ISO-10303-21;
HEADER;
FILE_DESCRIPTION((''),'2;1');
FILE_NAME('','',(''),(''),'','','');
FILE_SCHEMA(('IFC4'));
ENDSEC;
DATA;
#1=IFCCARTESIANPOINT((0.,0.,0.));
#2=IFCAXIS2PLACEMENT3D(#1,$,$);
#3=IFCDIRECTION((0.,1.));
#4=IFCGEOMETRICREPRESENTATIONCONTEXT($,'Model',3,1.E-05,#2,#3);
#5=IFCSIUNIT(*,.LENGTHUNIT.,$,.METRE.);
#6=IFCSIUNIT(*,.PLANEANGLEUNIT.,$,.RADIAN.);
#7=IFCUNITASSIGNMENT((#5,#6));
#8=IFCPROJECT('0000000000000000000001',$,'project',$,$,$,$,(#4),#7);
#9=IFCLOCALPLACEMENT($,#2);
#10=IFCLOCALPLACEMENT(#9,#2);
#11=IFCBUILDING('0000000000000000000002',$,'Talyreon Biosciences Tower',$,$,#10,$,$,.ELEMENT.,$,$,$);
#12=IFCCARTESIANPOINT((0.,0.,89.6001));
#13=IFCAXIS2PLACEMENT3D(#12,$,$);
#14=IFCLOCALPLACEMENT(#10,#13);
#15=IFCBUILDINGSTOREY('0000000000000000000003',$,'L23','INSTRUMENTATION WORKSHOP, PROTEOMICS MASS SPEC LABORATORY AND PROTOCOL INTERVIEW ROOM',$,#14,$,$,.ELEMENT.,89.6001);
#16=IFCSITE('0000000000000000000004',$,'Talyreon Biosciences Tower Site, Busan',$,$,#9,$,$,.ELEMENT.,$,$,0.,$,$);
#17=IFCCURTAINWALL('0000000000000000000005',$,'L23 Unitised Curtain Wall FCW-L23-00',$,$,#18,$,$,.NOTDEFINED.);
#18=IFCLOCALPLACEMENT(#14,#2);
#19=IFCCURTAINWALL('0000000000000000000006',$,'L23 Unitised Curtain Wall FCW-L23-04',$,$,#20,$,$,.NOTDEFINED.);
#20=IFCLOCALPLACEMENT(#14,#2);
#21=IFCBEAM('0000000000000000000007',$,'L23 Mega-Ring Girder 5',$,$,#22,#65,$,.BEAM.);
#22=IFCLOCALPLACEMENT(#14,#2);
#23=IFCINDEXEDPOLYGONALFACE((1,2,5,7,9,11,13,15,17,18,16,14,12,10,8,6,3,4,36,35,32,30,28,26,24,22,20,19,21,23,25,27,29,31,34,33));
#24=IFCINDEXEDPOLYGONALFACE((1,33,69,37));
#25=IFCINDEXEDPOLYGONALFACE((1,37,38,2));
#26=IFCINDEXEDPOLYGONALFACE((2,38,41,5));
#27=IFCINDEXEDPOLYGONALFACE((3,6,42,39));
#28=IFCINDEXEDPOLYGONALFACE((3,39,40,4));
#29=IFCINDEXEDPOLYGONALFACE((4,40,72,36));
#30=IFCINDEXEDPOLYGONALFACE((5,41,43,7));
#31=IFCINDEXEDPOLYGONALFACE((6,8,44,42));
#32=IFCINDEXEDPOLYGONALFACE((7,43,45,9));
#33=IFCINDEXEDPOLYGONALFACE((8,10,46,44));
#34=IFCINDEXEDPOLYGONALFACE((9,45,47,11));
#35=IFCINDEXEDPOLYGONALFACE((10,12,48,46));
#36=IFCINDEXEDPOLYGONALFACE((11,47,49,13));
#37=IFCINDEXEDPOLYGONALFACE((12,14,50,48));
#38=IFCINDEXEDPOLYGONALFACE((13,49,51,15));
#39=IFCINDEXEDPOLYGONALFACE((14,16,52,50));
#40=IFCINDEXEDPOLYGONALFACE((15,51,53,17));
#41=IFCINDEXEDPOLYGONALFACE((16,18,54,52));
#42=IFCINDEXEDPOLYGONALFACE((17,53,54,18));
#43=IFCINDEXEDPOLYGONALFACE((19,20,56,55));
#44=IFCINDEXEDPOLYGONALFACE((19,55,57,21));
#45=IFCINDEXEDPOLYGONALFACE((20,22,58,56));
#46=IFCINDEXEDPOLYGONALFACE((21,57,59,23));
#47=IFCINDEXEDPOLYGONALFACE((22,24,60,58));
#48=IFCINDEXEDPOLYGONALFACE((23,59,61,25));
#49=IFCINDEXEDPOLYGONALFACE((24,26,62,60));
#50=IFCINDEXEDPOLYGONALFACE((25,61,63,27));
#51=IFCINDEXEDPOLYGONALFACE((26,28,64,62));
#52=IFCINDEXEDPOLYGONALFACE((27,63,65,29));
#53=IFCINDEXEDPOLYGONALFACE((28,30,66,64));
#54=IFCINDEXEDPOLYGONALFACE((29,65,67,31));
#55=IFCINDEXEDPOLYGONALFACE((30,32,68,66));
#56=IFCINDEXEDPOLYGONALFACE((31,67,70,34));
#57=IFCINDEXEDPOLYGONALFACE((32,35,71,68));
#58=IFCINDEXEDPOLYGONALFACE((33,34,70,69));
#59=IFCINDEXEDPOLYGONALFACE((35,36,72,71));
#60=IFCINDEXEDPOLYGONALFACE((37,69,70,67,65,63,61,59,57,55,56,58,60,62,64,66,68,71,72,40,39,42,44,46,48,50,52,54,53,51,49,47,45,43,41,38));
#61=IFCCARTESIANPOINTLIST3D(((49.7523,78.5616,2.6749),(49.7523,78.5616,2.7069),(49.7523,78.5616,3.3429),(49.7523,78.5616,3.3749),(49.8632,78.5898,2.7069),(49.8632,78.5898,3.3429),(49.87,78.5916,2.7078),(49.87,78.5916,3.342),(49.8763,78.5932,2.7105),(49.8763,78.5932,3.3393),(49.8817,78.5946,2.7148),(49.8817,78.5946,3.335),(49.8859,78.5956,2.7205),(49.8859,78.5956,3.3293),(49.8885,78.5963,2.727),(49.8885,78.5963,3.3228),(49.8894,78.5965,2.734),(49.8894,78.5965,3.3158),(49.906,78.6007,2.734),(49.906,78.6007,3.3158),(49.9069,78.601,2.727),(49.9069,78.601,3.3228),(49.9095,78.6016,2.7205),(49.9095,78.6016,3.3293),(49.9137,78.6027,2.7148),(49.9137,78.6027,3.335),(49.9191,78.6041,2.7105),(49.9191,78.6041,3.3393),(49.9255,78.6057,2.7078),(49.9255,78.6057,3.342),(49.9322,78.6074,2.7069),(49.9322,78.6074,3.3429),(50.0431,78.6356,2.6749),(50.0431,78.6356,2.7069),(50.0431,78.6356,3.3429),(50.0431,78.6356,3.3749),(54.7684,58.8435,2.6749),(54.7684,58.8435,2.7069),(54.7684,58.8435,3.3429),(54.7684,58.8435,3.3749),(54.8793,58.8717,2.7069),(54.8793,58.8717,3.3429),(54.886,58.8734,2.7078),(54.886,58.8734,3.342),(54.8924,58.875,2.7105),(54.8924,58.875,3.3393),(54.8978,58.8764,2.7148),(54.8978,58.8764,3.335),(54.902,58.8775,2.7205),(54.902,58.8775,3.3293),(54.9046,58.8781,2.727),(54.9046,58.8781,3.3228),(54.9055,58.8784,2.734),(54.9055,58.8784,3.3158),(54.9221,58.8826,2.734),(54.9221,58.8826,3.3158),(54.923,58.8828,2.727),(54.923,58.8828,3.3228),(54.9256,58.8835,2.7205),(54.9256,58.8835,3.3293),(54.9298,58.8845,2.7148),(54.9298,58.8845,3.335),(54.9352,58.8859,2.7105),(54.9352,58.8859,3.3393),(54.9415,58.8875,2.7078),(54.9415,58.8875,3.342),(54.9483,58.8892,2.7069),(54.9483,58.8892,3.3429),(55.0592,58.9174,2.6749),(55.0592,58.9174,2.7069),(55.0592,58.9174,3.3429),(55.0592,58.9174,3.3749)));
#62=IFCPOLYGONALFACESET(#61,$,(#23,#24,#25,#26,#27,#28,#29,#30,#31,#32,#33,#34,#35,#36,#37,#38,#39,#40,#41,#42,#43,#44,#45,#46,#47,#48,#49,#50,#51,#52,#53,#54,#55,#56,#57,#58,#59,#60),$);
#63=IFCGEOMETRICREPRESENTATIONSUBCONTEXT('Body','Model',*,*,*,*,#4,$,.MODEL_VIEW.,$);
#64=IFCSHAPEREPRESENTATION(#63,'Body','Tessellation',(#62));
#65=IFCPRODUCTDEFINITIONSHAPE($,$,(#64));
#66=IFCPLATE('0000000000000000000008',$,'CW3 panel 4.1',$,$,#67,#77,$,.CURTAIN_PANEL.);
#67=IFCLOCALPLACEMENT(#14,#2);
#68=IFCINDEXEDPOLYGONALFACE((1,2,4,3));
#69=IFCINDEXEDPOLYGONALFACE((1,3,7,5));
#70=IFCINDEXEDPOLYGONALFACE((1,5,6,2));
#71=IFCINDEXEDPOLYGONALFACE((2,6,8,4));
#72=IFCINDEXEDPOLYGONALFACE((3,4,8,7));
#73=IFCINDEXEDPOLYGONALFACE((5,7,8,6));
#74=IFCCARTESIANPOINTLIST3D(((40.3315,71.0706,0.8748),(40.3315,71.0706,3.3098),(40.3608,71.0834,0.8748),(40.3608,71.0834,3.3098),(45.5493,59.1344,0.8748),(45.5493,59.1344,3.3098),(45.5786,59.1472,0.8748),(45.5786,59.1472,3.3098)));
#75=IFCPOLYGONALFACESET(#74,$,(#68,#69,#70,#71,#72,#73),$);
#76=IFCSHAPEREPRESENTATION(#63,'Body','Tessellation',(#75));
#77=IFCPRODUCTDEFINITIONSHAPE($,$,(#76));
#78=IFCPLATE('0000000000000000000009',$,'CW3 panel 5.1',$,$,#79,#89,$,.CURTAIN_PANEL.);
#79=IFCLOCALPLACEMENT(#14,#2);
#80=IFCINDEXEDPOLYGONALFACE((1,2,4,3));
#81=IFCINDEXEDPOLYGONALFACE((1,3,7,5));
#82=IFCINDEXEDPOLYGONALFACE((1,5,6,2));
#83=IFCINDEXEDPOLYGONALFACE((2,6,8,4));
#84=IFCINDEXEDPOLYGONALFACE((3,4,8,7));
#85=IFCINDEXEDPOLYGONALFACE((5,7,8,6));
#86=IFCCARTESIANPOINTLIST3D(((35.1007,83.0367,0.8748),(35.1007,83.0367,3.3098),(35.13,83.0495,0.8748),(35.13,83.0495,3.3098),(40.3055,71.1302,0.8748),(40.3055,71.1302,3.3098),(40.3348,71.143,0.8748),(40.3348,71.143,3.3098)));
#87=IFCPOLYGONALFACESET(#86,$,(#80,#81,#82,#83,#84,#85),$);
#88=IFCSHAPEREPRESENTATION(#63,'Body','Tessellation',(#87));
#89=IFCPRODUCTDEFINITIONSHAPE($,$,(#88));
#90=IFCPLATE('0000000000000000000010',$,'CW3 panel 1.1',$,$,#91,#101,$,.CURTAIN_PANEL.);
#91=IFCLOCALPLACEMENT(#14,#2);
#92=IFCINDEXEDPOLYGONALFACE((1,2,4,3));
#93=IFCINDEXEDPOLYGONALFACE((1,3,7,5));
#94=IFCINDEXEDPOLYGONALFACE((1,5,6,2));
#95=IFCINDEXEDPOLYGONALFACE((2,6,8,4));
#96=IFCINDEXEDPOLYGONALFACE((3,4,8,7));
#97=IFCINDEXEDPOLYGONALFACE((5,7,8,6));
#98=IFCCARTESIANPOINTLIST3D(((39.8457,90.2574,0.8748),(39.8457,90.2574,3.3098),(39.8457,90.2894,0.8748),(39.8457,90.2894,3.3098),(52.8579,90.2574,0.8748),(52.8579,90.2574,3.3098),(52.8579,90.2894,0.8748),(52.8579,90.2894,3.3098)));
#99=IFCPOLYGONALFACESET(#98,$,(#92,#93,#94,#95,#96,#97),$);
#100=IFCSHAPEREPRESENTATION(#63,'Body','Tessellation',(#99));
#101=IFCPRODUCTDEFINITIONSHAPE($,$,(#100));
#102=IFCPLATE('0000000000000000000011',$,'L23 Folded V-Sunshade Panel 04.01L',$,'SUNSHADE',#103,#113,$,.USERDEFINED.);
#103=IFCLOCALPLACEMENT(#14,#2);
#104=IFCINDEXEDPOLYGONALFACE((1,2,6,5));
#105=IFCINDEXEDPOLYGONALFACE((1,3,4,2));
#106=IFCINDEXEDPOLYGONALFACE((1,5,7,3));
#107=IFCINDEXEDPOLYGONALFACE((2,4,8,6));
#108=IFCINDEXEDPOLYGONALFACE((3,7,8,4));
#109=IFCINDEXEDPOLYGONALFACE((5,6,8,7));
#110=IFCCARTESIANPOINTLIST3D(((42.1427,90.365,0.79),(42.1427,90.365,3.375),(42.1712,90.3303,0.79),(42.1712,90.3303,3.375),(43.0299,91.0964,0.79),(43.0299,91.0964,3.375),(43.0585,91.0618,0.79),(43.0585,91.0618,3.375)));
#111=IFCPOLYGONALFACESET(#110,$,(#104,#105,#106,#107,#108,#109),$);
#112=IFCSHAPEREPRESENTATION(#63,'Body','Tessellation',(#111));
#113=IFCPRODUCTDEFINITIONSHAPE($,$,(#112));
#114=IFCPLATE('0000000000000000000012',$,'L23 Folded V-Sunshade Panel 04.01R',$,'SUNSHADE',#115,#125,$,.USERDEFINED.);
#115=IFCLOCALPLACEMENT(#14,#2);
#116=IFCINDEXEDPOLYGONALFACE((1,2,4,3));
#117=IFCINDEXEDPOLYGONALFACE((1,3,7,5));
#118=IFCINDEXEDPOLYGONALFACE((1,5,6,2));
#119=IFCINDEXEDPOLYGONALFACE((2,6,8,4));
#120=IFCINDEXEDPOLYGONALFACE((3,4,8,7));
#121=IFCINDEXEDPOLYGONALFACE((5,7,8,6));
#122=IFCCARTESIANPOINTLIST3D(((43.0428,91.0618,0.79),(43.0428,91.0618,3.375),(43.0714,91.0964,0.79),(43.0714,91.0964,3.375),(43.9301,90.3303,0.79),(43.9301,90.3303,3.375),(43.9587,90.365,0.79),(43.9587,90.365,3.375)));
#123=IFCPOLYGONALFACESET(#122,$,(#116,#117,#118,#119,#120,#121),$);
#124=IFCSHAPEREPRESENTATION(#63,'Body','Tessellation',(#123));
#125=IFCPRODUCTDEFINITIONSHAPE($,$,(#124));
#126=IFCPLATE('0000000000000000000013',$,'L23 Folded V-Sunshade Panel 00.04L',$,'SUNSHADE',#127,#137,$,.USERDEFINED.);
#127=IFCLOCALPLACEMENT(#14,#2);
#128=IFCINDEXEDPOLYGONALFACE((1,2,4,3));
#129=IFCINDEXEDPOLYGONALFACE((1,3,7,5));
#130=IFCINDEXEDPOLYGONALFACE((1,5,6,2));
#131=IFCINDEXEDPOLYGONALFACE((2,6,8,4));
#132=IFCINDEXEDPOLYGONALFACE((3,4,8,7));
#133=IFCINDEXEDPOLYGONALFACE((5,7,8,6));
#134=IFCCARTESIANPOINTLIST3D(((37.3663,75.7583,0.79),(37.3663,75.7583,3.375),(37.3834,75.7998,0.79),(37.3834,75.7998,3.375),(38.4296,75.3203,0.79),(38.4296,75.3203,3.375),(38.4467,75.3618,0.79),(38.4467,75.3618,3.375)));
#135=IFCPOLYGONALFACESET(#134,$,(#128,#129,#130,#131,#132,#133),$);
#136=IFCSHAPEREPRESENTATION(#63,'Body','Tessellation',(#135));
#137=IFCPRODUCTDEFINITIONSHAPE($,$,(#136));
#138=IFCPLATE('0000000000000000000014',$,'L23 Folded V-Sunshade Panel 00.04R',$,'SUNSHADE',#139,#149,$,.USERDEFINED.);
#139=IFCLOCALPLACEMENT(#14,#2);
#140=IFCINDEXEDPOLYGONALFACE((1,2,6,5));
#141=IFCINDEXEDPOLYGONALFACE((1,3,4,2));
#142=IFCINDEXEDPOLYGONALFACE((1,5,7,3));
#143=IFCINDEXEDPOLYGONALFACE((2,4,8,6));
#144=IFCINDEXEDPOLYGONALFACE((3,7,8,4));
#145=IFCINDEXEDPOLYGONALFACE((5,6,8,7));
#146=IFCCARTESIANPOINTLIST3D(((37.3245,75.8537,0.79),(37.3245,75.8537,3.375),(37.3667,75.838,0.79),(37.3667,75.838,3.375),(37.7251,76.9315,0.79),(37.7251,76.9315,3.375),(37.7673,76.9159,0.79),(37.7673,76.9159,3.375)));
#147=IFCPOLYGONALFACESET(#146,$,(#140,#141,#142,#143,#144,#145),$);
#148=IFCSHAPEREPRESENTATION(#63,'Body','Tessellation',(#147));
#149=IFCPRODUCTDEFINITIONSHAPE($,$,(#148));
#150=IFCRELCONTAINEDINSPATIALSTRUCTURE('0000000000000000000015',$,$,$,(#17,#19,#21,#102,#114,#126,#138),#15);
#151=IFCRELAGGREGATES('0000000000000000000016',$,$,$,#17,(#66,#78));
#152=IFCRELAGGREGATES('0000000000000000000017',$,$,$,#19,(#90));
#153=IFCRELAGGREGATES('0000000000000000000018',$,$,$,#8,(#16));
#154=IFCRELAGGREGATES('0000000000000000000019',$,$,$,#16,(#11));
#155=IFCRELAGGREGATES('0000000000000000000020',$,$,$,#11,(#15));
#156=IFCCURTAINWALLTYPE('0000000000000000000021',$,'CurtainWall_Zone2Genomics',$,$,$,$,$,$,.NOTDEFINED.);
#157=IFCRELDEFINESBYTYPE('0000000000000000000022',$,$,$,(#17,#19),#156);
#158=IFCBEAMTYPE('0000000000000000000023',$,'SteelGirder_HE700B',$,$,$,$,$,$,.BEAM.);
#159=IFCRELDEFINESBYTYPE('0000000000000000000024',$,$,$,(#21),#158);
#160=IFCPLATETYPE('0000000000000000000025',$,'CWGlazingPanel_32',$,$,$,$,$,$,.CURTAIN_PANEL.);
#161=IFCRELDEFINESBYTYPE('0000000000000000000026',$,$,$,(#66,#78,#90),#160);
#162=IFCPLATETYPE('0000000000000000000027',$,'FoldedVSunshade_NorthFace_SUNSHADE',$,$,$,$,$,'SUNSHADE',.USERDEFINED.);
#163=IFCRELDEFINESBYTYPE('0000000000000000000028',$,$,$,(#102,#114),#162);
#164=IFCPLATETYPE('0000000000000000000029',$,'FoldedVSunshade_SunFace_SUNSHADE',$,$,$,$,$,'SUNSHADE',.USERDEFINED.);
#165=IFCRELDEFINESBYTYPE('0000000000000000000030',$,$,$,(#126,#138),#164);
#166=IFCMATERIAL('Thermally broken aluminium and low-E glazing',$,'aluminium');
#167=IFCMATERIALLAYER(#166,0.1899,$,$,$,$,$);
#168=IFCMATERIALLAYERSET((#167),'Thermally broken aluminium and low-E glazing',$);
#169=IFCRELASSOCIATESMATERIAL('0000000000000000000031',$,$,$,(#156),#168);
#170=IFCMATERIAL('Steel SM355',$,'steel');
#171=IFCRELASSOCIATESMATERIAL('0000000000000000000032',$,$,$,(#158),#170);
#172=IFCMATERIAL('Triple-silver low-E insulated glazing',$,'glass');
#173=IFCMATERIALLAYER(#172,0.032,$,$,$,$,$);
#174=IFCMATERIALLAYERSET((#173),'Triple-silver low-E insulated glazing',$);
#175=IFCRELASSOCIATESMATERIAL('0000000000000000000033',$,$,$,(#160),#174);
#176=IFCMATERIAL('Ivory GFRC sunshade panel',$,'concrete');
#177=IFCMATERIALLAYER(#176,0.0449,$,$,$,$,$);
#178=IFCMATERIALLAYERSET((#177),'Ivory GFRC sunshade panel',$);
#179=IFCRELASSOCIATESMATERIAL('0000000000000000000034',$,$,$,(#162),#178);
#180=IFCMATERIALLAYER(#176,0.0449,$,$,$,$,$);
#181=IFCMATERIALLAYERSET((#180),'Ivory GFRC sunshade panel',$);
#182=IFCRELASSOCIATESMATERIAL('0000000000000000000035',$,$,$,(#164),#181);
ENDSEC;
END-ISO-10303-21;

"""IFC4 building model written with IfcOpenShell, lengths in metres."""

from ifc_helpers import new_model, si_unit, direction, frame, origin, origin_2d, place, context, subcontext, project, spatial, rectangle, i_section, extrude, material, layer, layer_set, material_profile, profile_set, type_object, element, aggregate, save


model = new_model("IFC4")

# Units and contexts
model_context = context("Model", 3, precision=1e-05, world=origin(), true_north=direction((0.0, 1.0)))
body_context = subcontext(model_context, "Body", "Model", "MODEL_VIEW")
ifc_project = project(units=[si_unit("LENGTHUNIT", "METRE"), si_unit("PLANEANGLEUNIT", "RADIAN")], contexts=[model_context])

# Site, building, storey
site_placement = place(None, origin())
site = spatial("IfcSite", under=ifc_project, at=site_placement, Name="Talyreon Biosciences Tower Site, Busan", CompositionType="ELEMENT", RefElevation=0.0)
building_placement = place(site_placement, origin())
building = spatial("IfcBuilding", under=site, at=building_placement, Name="Talyreon Biosciences Tower", CompositionType="ELEMENT")
storey_placement = place(building_placement, frame((0.0, 0.0, 89.6001)))
storey = spatial("IfcBuildingStorey", under=building, at=storey_placement, Name="L23", Description="INSTRUMENTATION WORKSHOP, PROTEOMICS MASS SPEC LABORATORY AND PROTOCOL INTERVIEW ROOM", CompositionType="ELEMENT", Elevation=89.6001)

# Curtain wall
ifc_material_1 = material(Name="Thermally broken aluminium and low-E glazing", Category="aluminium")
ifc_layer_1 = layer(ifc_material_1, 0.1899)
ifc_layer_set_1 = layer_set([ifc_layer_1], Name="Thermally broken aluminium and low-E glazing")
curtain_wall_type = type_object("IfcCurtainWallType", Name="CurtainWall_Zone2Genomics", PredefinedType="NOTDEFINED", material=ifc_layer_set_1)
curtain_wall_1_placement = place(storey_placement, origin())
curtain_wall_1 = element("IfcCurtainWall", 1, at=curtain_wall_1_placement, inside=storey, type_object=curtain_wall_type, Name="L23 Unitised Curtain Wall FCW-L23-00", PredefinedType="NOTDEFINED")

# Curtain wall
curtain_wall_2_placement = place(storey_placement, origin())
curtain_wall_2 = element("IfcCurtainWall", 2, at=curtain_wall_2_placement, inside=storey, type_object=curtain_wall_type, Name="L23 Unitised Curtain Wall FCW-L23-04", PredefinedType="NOTDEFINED")

# Beam
ifc_material_2 = material(Name="Steel SM355", Category="steel")
ifc_material_profile_1 = material_profile(ifc_material_2, i_section(OverallWidth=0.3, OverallDepth=0.7, WebThickness=0.0171, FlangeThickness=0.032, FilletRadius=0.0271, at=origin_2d()), Name="HE700B")
ifc_profile_set_1 = profile_set([ifc_material_profile_1], Name="Steel SM355")
beam_type_1 = type_object("IfcBeamType", Name="SteelGirder_HE700B", PredefinedType="BEAM", material=ifc_profile_set_1)
beam_1_placement = place(storey_placement, frame((49.8977, 78.5986, 3.0249), z_axis=(0.246537, -0.969133, 0.0), x_axis=(0.969133, 0.246537, 0.0)))
element("IfcBeam", 3, at=beam_1_placement, inside=storey, type_object=beam_type_1, Name="L23 Mega-Ring Girder 5", PredefinedType="BEAM", context=body_context, shape_type="SweptSolid", body=[
    extrude(i_section(OverallWidth=0.3, OverallDepth=0.7, WebThickness=0.0171, FlangeThickness=0.032, FilletRadius=0.0271, at=origin_2d()), origin(), (0.0, 0.0, 1.0), 20.3462),
])

# Plates
ifc_material_3 = material(Name="Triple-silver low-E insulated glazing", Category="glass")
ifc_layer_2 = layer(ifc_material_3, 0.032)
ifc_layer_set_2 = layer_set([ifc_layer_2], Name="Triple-silver low-E insulated glazing")
plate_type_1 = type_object("IfcPlateType", Name="CWGlazingPanel_32", PredefinedType="CURTAIN_PANEL", material=ifc_layer_set_2)
plate_1_placement = place(storey_placement, frame((42.9551, 65.1089, 0.8748), z_axis=(0.0, 0.0, 1.0), x_axis=(-0.400542, 0.916278, 0.0)))
plate_1 = element("IfcPlate", 4, at=plate_1_placement, type_object=plate_type_1, Name="CW3 panel 4.1", PredefinedType="CURTAIN_PANEL", context=body_context, shape_type="SweptSolid", body=[
    extrude(rectangle(XDim=13.0269, YDim=0.032, at=origin_2d()), origin(), (0.0, 0.0, 1.0), 2.4351),
])
plate_2_placement = place(storey_placement, frame((37.7178, 77.0898, 0.8748), z_axis=(0.0, 0.0, 1.0), x_axis=(-0.400542, 0.916278, 0.0)))
plate_2 = element("IfcPlate", 5, at=plate_2_placement, type_object=plate_type_1, Name="CW3 panel 5.1", PredefinedType="CURTAIN_PANEL", context=body_context, shape_type="SweptSolid", body=[
    extrude(rectangle(XDim=12.9944, YDim=0.032, at=origin_2d()), origin(), (0.0, 0.0, 1.0), 2.4351),
])
aggregate(curtain_wall_1, [plate_1, plate_2])
plate_3_placement = place(storey_placement, frame((46.3518, 90.2734, 0.8748), z_axis=(0.0, 0.0, 1.0), x_axis=(1.0, 0.0, 0.0)))
plate_3 = element("IfcPlate", 6, at=plate_3_placement, type_object=plate_type_1, Name="CW3 panel 1.1", PredefinedType="CURTAIN_PANEL", context=body_context, shape_type="SweptSolid", body=[
    extrude(rectangle(XDim=13.0122, YDim=0.032, at=origin_2d()), origin(), (0.0, 0.0, 1.0), 2.4351),
])
aggregate(curtain_wall_2, [plate_3])

# Plates
ifc_material_4 = material(Name="Ivory GFRC sunshade panel", Category="concrete")
ifc_layer_3 = layer(ifc_material_4, 0.0449)
ifc_layer_set_3 = layer_set([ifc_layer_3], Name="Ivory GFRC sunshade panel")
plate_type_2 = type_object("IfcPlateType", Name="FoldedVSunshade_NorthFace_SUNSHADE", ElementType="SUNSHADE", PredefinedType="USERDEFINED", material=ifc_layer_set_3)
for number, where, z_axis, x_axis, name in (
    (7, (42.6006, 90.7134, 0.79), (0.0, 0.0, 1.0), (0.771625, 0.636078, 0.0), "L23 Folded V-Sunshade Panel 04.01L"),
    (8, (43.5007, 90.7134, 0.79), (0.0, 0.0, 1.0), (0.771625, -0.636078, 0.0), "L23 Folded V-Sunshade Panel 04.01R"),
):
    element("IfcPlate", number, at=place(storey_placement, frame(where, z_axis=z_axis, x_axis=x_axis)), inside=storey, type_object=plate_type_2, Name=name, ObjectType="SUNSHADE", PredefinedType="USERDEFINED", context=body_context, shape_type="SweptSolid", body=[
        extrude(rectangle(XDim=1.1499, YDim=0.0449, at=origin_2d()), origin(), (0.0, 0.0, 1.0), 2.585),
    ])
ifc_layer_4 = layer(ifc_material_4, 0.0449)
ifc_layer_set_4 = layer_set([ifc_layer_4], Name="Ivory GFRC sunshade panel")
plate_type_3 = type_object("IfcPlateType", Name="FoldedVSunshade_SunFace_SUNSHADE", ElementType="SUNSHADE", PredefinedType="USERDEFINED", material=ifc_layer_set_4)
for number, where, z_axis, x_axis, name in (
    (9, (37.9065, 75.5601, 0.79), (0.0, 0.0, 1.0), (-0.924626, 0.380877, 0.0), "L23 Folded V-Sunshade Panel 00.04L"),
    (10, (37.5459, 76.3848, 0.79), (0.0, 0.0, 1.0), (0.348376, 0.937355, 0.0), "L23 Folded V-Sunshade Panel 00.04R"),
):
    element("IfcPlate", number, at=place(storey_placement, frame(where, z_axis=z_axis, x_axis=x_axis)), inside=storey, type_object=plate_type_3, Name=name, ObjectType="SUNSHADE", PredefinedType="USERDEFINED", context=body_context, shape_type="SweptSolid", body=[
        extrude(rectangle(XDim=1.1499, YDim=0.0449, at=origin_2d()), origin(), (0.0, 0.0, 1.0), 2.585),
    ])

save(model, "model.ifc")
